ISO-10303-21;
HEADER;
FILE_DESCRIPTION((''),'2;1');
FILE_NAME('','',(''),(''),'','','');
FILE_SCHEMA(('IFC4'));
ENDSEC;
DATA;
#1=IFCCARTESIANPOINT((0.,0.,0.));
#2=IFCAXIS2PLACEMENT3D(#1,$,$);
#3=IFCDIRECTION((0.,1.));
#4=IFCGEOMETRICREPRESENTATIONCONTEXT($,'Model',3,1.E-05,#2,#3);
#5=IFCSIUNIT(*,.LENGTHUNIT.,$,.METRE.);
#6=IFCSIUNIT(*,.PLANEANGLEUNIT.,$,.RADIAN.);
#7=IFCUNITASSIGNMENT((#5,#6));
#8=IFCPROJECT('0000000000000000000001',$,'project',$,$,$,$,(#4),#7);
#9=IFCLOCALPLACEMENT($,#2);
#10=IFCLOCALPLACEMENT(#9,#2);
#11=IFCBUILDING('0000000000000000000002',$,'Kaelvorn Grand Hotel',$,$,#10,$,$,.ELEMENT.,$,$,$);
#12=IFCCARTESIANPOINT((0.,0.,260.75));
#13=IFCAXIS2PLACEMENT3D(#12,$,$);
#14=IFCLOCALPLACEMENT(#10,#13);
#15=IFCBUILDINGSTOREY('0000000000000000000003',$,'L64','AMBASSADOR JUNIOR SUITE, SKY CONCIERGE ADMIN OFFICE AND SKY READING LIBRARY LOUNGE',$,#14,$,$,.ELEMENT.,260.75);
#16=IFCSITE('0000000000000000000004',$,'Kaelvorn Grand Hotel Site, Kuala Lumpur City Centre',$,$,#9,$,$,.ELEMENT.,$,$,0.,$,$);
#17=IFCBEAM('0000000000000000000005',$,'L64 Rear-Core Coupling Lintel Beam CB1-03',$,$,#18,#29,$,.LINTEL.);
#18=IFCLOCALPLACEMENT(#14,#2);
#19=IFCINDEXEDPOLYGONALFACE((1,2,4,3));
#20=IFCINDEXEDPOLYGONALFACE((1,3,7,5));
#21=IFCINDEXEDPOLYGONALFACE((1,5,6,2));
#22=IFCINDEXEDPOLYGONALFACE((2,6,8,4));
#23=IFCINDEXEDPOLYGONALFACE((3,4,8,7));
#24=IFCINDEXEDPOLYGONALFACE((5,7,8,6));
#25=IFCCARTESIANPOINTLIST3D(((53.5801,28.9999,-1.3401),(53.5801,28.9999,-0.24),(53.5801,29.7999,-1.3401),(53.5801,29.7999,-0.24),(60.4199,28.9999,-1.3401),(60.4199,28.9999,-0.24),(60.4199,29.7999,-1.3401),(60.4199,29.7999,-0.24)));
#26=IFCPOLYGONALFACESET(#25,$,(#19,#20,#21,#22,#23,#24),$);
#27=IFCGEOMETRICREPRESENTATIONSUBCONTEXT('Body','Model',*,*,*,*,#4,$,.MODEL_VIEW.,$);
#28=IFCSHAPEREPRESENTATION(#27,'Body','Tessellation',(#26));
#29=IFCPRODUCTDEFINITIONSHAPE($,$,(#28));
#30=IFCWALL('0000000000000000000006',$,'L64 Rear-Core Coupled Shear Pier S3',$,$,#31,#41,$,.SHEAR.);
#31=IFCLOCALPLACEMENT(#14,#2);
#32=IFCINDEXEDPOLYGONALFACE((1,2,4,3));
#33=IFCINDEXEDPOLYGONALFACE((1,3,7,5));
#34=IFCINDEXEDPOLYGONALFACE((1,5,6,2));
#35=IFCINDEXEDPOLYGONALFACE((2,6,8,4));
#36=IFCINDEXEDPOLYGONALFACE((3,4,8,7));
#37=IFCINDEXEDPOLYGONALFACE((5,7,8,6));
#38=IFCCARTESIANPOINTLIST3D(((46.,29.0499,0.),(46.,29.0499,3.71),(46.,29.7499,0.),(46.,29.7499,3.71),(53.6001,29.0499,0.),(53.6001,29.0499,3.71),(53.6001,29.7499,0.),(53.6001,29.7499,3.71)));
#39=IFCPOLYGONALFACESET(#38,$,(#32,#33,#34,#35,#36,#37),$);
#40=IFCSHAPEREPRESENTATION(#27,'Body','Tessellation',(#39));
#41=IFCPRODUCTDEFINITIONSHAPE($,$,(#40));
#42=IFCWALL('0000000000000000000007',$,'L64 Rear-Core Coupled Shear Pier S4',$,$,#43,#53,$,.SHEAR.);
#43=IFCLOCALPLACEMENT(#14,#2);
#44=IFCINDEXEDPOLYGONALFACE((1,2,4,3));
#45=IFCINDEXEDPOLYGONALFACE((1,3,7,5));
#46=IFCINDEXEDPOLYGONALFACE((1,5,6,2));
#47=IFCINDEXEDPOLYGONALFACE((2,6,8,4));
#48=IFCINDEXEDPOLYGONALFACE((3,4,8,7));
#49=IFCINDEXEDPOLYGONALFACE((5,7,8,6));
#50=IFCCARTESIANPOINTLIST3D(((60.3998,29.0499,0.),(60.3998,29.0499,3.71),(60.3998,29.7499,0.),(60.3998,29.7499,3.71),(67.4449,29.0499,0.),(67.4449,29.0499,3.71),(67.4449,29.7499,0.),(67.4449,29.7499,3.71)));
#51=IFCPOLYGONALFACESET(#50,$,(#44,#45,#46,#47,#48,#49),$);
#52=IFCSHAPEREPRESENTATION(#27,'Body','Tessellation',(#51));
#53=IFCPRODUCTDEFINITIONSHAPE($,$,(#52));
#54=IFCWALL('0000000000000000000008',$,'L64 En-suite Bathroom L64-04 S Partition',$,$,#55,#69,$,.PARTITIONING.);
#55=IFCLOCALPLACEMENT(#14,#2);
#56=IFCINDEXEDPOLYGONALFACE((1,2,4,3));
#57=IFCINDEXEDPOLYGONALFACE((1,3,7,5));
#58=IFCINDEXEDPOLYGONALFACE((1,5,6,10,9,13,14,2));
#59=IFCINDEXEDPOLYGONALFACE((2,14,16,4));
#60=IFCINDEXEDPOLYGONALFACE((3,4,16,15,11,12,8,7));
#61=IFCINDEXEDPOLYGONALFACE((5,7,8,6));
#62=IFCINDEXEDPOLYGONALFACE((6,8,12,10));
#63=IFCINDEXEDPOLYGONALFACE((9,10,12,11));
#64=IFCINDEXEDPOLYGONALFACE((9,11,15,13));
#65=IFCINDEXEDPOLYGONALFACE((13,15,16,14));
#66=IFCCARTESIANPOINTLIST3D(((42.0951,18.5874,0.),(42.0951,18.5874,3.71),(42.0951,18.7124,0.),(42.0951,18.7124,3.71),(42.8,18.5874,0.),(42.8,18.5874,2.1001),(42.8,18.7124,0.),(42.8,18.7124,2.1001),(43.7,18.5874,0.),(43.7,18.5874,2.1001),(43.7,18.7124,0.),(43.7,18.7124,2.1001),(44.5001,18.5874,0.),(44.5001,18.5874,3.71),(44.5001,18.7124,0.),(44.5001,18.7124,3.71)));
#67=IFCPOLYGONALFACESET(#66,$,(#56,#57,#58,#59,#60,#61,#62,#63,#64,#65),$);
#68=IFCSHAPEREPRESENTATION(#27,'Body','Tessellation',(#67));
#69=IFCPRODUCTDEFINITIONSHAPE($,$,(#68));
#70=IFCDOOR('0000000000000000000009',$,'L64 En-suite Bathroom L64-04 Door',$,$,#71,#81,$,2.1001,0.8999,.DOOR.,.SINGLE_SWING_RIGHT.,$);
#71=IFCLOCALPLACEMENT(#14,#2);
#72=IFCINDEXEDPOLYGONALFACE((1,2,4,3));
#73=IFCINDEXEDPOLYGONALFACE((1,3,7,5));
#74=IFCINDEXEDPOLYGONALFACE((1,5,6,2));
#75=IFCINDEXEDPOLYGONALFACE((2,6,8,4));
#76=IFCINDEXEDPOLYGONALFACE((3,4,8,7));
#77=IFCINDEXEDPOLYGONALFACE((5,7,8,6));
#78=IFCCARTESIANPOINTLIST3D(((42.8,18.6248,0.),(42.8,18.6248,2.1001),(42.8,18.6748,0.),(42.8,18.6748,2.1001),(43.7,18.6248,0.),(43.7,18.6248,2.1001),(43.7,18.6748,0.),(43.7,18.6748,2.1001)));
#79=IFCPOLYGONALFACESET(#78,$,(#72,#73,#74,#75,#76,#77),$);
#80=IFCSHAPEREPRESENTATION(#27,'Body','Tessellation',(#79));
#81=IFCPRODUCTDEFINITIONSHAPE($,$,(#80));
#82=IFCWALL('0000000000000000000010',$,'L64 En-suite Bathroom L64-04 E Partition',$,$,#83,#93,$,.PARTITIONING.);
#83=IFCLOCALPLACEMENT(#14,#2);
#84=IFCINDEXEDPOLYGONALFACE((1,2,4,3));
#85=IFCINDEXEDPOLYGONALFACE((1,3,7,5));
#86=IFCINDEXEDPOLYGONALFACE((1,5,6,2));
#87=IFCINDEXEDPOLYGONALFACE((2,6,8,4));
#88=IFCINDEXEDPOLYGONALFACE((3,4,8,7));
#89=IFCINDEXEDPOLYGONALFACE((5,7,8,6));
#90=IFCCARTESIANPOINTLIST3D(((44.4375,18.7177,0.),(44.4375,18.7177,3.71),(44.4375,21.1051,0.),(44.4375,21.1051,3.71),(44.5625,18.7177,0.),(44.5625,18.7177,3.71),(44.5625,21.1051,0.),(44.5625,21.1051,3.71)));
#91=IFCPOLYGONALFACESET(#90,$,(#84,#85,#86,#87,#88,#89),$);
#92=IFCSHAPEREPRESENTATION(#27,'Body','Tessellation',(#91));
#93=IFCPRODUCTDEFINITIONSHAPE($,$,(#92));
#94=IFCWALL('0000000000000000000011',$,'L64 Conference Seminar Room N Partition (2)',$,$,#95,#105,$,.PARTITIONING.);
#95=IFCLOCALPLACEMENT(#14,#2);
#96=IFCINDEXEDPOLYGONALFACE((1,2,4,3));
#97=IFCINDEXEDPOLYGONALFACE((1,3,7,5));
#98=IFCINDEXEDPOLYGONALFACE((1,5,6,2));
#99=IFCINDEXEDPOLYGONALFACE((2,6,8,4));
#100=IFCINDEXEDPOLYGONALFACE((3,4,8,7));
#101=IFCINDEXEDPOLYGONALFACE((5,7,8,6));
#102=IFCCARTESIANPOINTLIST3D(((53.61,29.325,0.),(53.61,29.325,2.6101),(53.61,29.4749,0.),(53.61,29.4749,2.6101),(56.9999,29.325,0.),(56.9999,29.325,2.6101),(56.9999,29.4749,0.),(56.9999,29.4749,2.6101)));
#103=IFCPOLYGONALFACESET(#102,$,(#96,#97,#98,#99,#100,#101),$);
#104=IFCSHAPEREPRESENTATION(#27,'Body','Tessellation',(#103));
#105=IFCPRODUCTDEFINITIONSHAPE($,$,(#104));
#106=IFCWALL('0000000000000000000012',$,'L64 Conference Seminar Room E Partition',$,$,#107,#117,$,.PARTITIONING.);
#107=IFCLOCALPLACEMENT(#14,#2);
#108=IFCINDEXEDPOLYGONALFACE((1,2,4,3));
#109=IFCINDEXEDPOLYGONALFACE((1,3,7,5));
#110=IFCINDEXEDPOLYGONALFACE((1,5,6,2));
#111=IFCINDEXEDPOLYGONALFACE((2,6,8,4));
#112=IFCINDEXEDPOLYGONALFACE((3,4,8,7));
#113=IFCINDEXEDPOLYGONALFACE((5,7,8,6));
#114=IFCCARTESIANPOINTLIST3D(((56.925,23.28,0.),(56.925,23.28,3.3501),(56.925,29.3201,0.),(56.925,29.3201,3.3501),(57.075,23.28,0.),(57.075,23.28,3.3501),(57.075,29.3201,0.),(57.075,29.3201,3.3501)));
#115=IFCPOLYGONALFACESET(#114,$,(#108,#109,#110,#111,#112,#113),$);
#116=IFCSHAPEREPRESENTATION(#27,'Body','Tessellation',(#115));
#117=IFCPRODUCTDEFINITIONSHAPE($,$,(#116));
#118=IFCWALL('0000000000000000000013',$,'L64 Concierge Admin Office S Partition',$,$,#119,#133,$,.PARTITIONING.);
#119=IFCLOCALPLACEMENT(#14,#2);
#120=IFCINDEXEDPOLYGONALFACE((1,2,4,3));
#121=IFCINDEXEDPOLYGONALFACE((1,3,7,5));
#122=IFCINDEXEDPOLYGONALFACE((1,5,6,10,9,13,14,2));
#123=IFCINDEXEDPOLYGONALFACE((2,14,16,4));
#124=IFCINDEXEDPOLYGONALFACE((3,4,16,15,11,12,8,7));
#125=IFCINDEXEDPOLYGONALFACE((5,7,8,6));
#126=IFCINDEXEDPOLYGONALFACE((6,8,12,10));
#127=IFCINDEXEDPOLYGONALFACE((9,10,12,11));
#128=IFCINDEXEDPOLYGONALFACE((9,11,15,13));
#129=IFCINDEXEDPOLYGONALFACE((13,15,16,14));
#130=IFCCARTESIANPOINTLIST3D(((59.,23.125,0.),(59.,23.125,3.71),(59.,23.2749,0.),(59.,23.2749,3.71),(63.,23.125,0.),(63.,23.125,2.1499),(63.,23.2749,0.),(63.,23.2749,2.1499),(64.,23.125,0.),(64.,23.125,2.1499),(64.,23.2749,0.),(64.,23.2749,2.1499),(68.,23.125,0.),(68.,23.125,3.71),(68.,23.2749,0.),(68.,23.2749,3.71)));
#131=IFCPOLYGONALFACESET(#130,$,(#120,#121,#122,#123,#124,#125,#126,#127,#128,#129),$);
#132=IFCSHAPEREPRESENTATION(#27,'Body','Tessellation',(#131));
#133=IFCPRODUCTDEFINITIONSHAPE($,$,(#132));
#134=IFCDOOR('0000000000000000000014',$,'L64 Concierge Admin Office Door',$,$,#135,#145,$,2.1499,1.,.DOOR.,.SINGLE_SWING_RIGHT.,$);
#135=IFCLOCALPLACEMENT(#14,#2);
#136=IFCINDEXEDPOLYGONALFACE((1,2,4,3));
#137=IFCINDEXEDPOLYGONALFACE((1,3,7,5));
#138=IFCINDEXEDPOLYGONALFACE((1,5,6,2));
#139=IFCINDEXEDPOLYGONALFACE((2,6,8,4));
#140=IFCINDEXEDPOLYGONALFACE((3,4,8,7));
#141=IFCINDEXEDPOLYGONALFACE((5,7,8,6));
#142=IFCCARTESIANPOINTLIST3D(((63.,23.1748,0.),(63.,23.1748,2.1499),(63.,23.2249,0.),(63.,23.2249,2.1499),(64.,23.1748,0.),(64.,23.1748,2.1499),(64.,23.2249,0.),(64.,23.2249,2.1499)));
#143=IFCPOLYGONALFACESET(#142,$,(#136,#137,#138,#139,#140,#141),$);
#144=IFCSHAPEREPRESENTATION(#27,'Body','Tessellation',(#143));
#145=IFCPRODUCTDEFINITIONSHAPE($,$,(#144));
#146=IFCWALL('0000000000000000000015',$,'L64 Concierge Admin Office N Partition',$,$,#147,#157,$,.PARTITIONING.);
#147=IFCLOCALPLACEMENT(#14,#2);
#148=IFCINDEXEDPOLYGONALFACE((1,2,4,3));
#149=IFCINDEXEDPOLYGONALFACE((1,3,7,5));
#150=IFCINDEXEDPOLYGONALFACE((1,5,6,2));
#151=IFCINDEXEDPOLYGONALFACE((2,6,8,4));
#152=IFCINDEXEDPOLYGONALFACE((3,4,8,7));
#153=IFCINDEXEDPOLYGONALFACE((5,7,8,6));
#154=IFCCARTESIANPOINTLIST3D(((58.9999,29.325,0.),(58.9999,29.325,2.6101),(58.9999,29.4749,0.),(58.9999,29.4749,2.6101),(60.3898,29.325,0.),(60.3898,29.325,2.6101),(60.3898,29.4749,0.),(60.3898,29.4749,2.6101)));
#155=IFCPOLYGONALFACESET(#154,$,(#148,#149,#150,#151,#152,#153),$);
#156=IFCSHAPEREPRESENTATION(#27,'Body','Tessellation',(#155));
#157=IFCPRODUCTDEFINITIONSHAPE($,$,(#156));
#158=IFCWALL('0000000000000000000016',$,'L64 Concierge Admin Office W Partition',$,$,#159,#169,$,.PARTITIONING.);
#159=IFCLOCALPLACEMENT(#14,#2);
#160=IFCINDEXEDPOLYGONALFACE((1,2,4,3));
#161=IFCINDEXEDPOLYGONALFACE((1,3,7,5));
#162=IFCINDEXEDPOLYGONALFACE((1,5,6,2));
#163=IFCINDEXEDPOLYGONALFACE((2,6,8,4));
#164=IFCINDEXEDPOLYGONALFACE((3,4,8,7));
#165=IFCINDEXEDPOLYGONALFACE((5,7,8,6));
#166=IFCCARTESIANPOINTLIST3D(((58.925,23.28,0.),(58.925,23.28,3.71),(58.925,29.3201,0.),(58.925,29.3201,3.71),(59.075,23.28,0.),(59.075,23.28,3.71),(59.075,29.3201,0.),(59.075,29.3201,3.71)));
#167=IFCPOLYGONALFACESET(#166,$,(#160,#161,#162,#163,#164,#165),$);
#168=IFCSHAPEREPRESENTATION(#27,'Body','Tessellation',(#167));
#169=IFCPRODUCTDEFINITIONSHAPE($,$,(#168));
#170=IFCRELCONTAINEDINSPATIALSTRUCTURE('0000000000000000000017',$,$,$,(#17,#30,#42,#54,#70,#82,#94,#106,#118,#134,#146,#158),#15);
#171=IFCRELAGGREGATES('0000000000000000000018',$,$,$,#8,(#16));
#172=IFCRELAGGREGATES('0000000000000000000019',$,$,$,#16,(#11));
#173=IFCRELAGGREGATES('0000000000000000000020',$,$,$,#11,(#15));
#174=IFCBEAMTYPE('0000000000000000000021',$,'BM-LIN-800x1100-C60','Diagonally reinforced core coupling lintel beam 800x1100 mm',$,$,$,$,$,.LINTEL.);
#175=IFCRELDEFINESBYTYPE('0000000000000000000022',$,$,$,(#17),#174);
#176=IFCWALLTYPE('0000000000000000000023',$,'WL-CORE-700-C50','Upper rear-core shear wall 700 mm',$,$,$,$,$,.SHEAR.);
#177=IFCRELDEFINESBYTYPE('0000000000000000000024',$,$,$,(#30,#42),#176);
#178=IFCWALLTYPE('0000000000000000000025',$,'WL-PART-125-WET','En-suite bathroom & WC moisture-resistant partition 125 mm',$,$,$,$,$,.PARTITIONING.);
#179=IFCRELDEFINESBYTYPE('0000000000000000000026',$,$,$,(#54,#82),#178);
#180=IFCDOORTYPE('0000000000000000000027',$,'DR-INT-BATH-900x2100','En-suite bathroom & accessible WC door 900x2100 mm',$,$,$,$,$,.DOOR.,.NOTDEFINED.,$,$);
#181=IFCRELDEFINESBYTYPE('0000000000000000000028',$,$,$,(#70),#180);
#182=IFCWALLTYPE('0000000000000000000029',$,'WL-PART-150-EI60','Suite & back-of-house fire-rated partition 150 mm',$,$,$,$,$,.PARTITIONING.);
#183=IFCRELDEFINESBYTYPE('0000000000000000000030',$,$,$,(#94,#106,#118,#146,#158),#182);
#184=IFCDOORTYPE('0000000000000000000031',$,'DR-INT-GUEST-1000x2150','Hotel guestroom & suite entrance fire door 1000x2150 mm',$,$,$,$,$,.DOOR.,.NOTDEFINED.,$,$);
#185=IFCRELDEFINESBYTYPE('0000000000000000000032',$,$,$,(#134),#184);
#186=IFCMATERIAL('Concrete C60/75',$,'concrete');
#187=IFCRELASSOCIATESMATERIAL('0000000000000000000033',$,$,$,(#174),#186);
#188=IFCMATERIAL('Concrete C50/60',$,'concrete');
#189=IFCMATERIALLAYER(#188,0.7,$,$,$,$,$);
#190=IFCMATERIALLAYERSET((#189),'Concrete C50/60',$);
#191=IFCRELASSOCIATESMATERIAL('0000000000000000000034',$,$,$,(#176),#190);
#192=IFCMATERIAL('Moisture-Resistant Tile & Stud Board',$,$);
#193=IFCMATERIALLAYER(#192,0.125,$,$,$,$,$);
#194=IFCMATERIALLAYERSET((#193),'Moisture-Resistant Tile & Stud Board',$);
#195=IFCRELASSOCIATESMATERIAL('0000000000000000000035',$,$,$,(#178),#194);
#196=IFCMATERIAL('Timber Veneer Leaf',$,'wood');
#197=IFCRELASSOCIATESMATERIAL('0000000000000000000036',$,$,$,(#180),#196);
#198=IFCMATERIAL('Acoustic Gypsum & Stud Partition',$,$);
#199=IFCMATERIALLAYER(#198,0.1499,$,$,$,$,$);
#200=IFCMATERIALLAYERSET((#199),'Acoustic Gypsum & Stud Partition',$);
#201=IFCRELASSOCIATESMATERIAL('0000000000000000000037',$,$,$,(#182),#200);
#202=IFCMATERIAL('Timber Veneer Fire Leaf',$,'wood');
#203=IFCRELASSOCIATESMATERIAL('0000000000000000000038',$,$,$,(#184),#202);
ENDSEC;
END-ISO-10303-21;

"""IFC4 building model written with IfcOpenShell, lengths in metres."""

from ifc_helpers import new_model, si_unit, direction, frame, frame_2d, origin, origin_2d, place, context, subcontext, project, spatial, rectangle, extrude, material, layer, layer_set, material_profile, profile_set, type_object, element, fill, save


model = new_model("IFC4")

# Units and contexts
model_context = context("Model", 3, precision=1e-05, world=origin(), true_north=direction((0.0, 1.0)))
body_context = subcontext(model_context, "Body", "Model", "MODEL_VIEW")
ifc_project = project(units=[si_unit("LENGTHUNIT", "METRE"), si_unit("PLANEANGLEUNIT", "RADIAN")], contexts=[model_context])

# Site, building, storey
site_placement = place(None, origin())
site = spatial("IfcSite", under=ifc_project, at=site_placement, Name="Kaelvorn Grand Hotel Site, Kuala Lumpur City Centre", CompositionType="ELEMENT", RefElevation=0.0)
building_placement = place(site_placement, origin())
building = spatial("IfcBuilding", under=site, at=building_placement, Name="Kaelvorn Grand Hotel", CompositionType="ELEMENT")
storey_placement = place(building_placement, frame((0.0, 0.0, 260.75)))
storey = spatial("IfcBuildingStorey", under=building, at=storey_placement, Name="L64", Description="AMBASSADOR JUNIOR SUITE, SKY CONCIERGE ADMIN OFFICE AND SKY READING LIBRARY LOUNGE", CompositionType="ELEMENT", Elevation=260.75)

# Shared definitions
ifc_material_1 = material(Name="Concrete C50/60", Category="concrete")

# Beam
ifc_material_2 = material(Name="Concrete C60/75", Category="concrete")
ifc_material_profile_1 = material_profile(ifc_material_2, rectangle(XDim=0.8, YDim=1.1001, at=origin_2d()), Name="RC LINTEL 800x1100")
ifc_profile_set_1 = profile_set([ifc_material_profile_1], Name="Concrete C60/75")
beam_type_1 = type_object("IfcBeamType", Name="BM-LIN-800x1100-C60", Description="Diagonally reinforced core coupling lintel beam 800x1100 mm", PredefinedType="LINTEL", material=ifc_profile_set_1)
beam_1_placement = place(storey_placement, frame((53.5801, 29.3999, -0.79), z_axis=(1.0, 0.0, 0.0), x_axis=(0.0, 1.0, 0.0)))
element("IfcBeam", 1, at=beam_1_placement, inside=storey, type_object=beam_type_1, Name="L64 Rear-Core Coupling Lintel Beam CB1-03", PredefinedType="LINTEL", context=body_context, shape_type="SweptSolid", body=[
    extrude(rectangle(XDim=0.8, YDim=1.1001, at=origin_2d()), origin(), (0.0, 0.0, 1.0), 6.8398),
])

# Walls
ifc_layer_1 = layer(ifc_material_1, 0.7)
ifc_layer_set_1 = layer_set([ifc_layer_1], Name="Concrete C50/60")
wall_type_1 = type_object("IfcWallType", Name="WL-CORE-700-C50", Description="Upper rear-core shear wall 700 mm", PredefinedType="SHEAR", material=ifc_layer_set_1)
wall_1_placement = place(storey_placement, frame((46.0, 29.3999, 0.0), z_axis=(0.0, 0.0, 1.0), x_axis=(1.0, 0.0, 0.0)))
element("IfcWall", 2, at=wall_1_placement, inside=storey, type_object=wall_type_1, Name="L64 Rear-Core Coupled Shear Pier S3", PredefinedType="SHEAR", context=body_context, shape_type="SweptSolid", body=[
    extrude(rectangle(XDim=7.6001, YDim=0.7, at=frame_2d((3.8, 0.0))), origin(), (0.0, 0.0, 1.0), 3.71),
])
wall_2_placement = place(storey_placement, frame((60.3999, 29.3999, 0.0), z_axis=(0.0, 0.0, 1.0), x_axis=(1.0, 0.0, 0.0)))
element("IfcWall", 3, at=wall_2_placement, inside=storey, type_object=wall_type_1, Name="L64 Rear-Core Coupled Shear Pier S4", PredefinedType="SHEAR", context=body_context, shape_type="SweptSolid", body=[
    extrude(rectangle(XDim=7.0452, YDim=0.7, at=frame_2d((3.5225, 0.0))), origin(), (0.0, 0.0, 1.0), 3.71),
])

# Wall, opening, door
ifc_material_3 = material(Name="Moisture-Resistant Tile & Stud Board")
ifc_layer_2 = layer(ifc_material_3, 0.125)
ifc_layer_set_2 = layer_set([ifc_layer_2], Name="Moisture-Resistant Tile & Stud Board")
wall_type_2 = type_object("IfcWallType", Name="WL-PART-125-WET", Description="En-suite bathroom & WC moisture-resistant partition 125 mm", PredefinedType="PARTITIONING", material=ifc_layer_set_2)
wall_3_placement = place(storey_placement, frame((42.095, 18.6499, 0.0), z_axis=(0.0, 0.0, 1.0), x_axis=(1.0, 0.0, 0.0)))
wall_3 = element("IfcWall", 4, at=wall_3_placement, inside=storey, type_object=wall_type_2, Name="L64 En-suite Bathroom L64-04 S Partition", PredefinedType="PARTITIONING", context=body_context, shape_type="SweptSolid", body=[
    extrude(rectangle(XDim=2.405, YDim=0.125, at=frame_2d((1.2026, 0.0))), origin(), (0.0, 0.0, 1.0), 3.71),
])
opening_1_placement = place(wall_3_placement, frame((0.7051, 0.0, 0.0)))
opening_1 = element("IfcOpeningElement", 5, at=opening_1_placement, cuts=wall_3, PredefinedType="OPENING", context=body_context, shape_type="SweptSolid", body=[
    extrude(rectangle(XDim=0.8999, YDim=2.1001, at=frame_2d((0.45, 1.05))), frame((0.0, 0.0725, 0.0), z_axis=(0.0, -1.0, 0.0), x_axis=(1.0, 0.0, 0.0)), (0.0, 0.0, 1.0), 0.145),
])
ifc_material_4 = material(Name="Timber Veneer Leaf", Category="wood")
door_type_1 = type_object("IfcDoorType", Name="DR-INT-BATH-900x2100", Description="En-suite bathroom & accessible WC door 900x2100 mm", OperationType="NOTDEFINED", PredefinedType="DOOR", material=ifc_material_4)
door_1_placement = place(opening_1_placement, origin())
door_1 = element("IfcDoor", 6, at=door_1_placement, inside=storey, type_object=door_type_1, Name="L64 En-suite Bathroom L64-04 Door", OperationType="SINGLE_SWING_RIGHT", OverallHeight=2.1001, OverallWidth=0.8999, PredefinedType="DOOR", context=body_context, shape_type="SweptSolid", body=[
    extrude(rectangle(XDim=0.8999, YDim=2.1001, at=frame_2d((0.45, 1.05))), frame((0.0, 0.0249, 0.0), z_axis=(0.0, -1.0, 0.0), x_axis=(1.0, 0.0, 0.0)), (0.0, 0.0, 1.0), 0.05),
])
fill(opening_1, door_1)

# Walls
wall_4_placement = place(storey_placement, frame((44.5, 18.7175, 0.0), z_axis=(0.0, 0.0, 1.0), x_axis=(0.0, 1.0, 0.0)))
element("IfcWall", 7, at=wall_4_placement, inside=storey, type_object=wall_type_2, Name="L64 En-suite Bathroom L64-04 E Partition", PredefinedType="PARTITIONING", context=body_context, shape_type="SweptSolid", body=[
    extrude(rectangle(XDim=2.3875, YDim=0.125, at=frame_2d((1.1938, 0.0))), origin(), (0.0, 0.0, 1.0), 3.71),
])
ifc_material_5 = material(Name="Acoustic Gypsum & Stud Partition")
ifc_layer_3 = layer(ifc_material_5, 0.1499)
ifc_layer_set_3 = layer_set([ifc_layer_3], Name="Acoustic Gypsum & Stud Partition")
wall_type_3 = type_object("IfcWallType", Name="WL-PART-150-EI60", Description="Suite & back-of-house fire-rated partition 150 mm", PredefinedType="PARTITIONING", material=ifc_layer_set_3)
wall_5_placement = place(storey_placement, frame((53.6101, 29.3999, 0.0), z_axis=(0.0, 0.0, 1.0), x_axis=(1.0, 0.0, 0.0)))
element("IfcWall", 8, at=wall_5_placement, inside=storey, type_object=wall_type_3, Name="L64 Conference Seminar Room N Partition (2)", PredefinedType="PARTITIONING", context=body_context, shape_type="SweptSolid", body=[
    extrude(rectangle(XDim=3.3899, YDim=0.1499, at=frame_2d((1.6948, 0.0))), origin(), (0.0, 0.0, 1.0), 2.6101),
])
wall_6_placement = place(storey_placement, frame((57.0, 23.28, 0.0), z_axis=(0.0, 0.0, 1.0), x_axis=(0.0, 1.0, 0.0)))
element("IfcWall", 9, at=wall_6_placement, inside=storey, type_object=wall_type_3, Name="L64 Conference Seminar Room E Partition", PredefinedType="PARTITIONING", context=body_context, shape_type="SweptSolid", body=[
    extrude(rectangle(XDim=6.04, YDim=0.1499, at=frame_2d((3.02, 0.0))), origin(), (0.0, 0.0, 1.0), 3.3501),
])

# Wall, opening, door
wall_7_placement = place(storey_placement, frame((59.0, 23.2, 0.0), z_axis=(0.0, 0.0, 1.0), x_axis=(1.0, 0.0, 0.0)))
wall_7 = element("IfcWall", 10, at=wall_7_placement, inside=storey, type_object=wall_type_3, Name="L64 Concierge Admin Office S Partition", PredefinedType="PARTITIONING", context=body_context, shape_type="SweptSolid", body=[
    extrude(rectangle(XDim=9.0, YDim=0.1499, at=frame_2d((4.5, 0.0))), origin(), (0.0, 0.0, 1.0), 3.71),
])
opening_2_placement = place(wall_7_placement, frame((4.0, 0.0, 0.0)))
opening_2 = element("IfcOpeningElement", 11, at=opening_2_placement, cuts=wall_7, PredefinedType="OPENING", context=body_context, shape_type="SweptSolid", body=[
    extrude(rectangle(XDim=1.0, YDim=2.1499, at=frame_2d((0.5, 1.075))), frame((0.0, 0.085, 0.0), z_axis=(0.0, -1.0, 0.0), x_axis=(1.0, 0.0, 0.0)), (0.0, 0.0, 1.0), 0.1699),
])
ifc_material_6 = material(Name="Timber Veneer Fire Leaf", Category="wood")
door_type_2 = type_object("IfcDoorType", Name="DR-INT-GUEST-1000x2150", Description="Hotel guestroom & suite entrance fire door 1000x2150 mm", OperationType="NOTDEFINED", PredefinedType="DOOR", material=ifc_material_6)
door_2_placement = place(opening_2_placement, origin())
door_2 = element("IfcDoor", 12, at=door_2_placement, inside=storey, type_object=door_type_2, Name="L64 Concierge Admin Office Door", OperationType="SINGLE_SWING_RIGHT", OverallHeight=2.1499, OverallWidth=1.0, PredefinedType="DOOR", context=body_context, shape_type="SweptSolid", body=[
    extrude(rectangle(XDim=1.0, YDim=2.1499, at=frame_2d((0.5, 1.075))), frame((0.0, 0.0249, 0.0), z_axis=(0.0, -1.0, 0.0), x_axis=(1.0, 0.0, 0.0)), (0.0, 0.0, 1.0), 0.05),
])
fill(opening_2, door_2)

# Walls
wall_8_placement = place(storey_placement, frame((59.0, 29.3999, 0.0), z_axis=(0.0, 0.0, 1.0), x_axis=(1.0, 0.0, 0.0)))
element("IfcWall", 13, at=wall_8_placement, inside=storey, type_object=wall_type_3, Name="L64 Concierge Admin Office N Partition", PredefinedType="PARTITIONING", context=body_context, shape_type="SweptSolid", body=[
    extrude(rectangle(XDim=1.3899, YDim=0.1499, at=frame_2d((0.6948, 0.0))), origin(), (0.0, 0.0, 1.0), 2.6101),
])
wall_9_placement = place(storey_placement, frame((59.0, 23.28, 0.0), z_axis=(0.0, 0.0, 1.0), x_axis=(0.0, 1.0, 0.0)))
element("IfcWall", 14, at=wall_9_placement, inside=storey, type_object=wall_type_3, Name="L64 Concierge Admin Office W Partition", PredefinedType="PARTITIONING", context=body_context, shape_type="SweptSolid", body=[
    extrude(rectangle(XDim=6.04, YDim=0.1499, at=frame_2d((3.02, 0.0))), origin(), (0.0, 0.0, 1.0), 3.71),
])

save(model, "model.ifc")
